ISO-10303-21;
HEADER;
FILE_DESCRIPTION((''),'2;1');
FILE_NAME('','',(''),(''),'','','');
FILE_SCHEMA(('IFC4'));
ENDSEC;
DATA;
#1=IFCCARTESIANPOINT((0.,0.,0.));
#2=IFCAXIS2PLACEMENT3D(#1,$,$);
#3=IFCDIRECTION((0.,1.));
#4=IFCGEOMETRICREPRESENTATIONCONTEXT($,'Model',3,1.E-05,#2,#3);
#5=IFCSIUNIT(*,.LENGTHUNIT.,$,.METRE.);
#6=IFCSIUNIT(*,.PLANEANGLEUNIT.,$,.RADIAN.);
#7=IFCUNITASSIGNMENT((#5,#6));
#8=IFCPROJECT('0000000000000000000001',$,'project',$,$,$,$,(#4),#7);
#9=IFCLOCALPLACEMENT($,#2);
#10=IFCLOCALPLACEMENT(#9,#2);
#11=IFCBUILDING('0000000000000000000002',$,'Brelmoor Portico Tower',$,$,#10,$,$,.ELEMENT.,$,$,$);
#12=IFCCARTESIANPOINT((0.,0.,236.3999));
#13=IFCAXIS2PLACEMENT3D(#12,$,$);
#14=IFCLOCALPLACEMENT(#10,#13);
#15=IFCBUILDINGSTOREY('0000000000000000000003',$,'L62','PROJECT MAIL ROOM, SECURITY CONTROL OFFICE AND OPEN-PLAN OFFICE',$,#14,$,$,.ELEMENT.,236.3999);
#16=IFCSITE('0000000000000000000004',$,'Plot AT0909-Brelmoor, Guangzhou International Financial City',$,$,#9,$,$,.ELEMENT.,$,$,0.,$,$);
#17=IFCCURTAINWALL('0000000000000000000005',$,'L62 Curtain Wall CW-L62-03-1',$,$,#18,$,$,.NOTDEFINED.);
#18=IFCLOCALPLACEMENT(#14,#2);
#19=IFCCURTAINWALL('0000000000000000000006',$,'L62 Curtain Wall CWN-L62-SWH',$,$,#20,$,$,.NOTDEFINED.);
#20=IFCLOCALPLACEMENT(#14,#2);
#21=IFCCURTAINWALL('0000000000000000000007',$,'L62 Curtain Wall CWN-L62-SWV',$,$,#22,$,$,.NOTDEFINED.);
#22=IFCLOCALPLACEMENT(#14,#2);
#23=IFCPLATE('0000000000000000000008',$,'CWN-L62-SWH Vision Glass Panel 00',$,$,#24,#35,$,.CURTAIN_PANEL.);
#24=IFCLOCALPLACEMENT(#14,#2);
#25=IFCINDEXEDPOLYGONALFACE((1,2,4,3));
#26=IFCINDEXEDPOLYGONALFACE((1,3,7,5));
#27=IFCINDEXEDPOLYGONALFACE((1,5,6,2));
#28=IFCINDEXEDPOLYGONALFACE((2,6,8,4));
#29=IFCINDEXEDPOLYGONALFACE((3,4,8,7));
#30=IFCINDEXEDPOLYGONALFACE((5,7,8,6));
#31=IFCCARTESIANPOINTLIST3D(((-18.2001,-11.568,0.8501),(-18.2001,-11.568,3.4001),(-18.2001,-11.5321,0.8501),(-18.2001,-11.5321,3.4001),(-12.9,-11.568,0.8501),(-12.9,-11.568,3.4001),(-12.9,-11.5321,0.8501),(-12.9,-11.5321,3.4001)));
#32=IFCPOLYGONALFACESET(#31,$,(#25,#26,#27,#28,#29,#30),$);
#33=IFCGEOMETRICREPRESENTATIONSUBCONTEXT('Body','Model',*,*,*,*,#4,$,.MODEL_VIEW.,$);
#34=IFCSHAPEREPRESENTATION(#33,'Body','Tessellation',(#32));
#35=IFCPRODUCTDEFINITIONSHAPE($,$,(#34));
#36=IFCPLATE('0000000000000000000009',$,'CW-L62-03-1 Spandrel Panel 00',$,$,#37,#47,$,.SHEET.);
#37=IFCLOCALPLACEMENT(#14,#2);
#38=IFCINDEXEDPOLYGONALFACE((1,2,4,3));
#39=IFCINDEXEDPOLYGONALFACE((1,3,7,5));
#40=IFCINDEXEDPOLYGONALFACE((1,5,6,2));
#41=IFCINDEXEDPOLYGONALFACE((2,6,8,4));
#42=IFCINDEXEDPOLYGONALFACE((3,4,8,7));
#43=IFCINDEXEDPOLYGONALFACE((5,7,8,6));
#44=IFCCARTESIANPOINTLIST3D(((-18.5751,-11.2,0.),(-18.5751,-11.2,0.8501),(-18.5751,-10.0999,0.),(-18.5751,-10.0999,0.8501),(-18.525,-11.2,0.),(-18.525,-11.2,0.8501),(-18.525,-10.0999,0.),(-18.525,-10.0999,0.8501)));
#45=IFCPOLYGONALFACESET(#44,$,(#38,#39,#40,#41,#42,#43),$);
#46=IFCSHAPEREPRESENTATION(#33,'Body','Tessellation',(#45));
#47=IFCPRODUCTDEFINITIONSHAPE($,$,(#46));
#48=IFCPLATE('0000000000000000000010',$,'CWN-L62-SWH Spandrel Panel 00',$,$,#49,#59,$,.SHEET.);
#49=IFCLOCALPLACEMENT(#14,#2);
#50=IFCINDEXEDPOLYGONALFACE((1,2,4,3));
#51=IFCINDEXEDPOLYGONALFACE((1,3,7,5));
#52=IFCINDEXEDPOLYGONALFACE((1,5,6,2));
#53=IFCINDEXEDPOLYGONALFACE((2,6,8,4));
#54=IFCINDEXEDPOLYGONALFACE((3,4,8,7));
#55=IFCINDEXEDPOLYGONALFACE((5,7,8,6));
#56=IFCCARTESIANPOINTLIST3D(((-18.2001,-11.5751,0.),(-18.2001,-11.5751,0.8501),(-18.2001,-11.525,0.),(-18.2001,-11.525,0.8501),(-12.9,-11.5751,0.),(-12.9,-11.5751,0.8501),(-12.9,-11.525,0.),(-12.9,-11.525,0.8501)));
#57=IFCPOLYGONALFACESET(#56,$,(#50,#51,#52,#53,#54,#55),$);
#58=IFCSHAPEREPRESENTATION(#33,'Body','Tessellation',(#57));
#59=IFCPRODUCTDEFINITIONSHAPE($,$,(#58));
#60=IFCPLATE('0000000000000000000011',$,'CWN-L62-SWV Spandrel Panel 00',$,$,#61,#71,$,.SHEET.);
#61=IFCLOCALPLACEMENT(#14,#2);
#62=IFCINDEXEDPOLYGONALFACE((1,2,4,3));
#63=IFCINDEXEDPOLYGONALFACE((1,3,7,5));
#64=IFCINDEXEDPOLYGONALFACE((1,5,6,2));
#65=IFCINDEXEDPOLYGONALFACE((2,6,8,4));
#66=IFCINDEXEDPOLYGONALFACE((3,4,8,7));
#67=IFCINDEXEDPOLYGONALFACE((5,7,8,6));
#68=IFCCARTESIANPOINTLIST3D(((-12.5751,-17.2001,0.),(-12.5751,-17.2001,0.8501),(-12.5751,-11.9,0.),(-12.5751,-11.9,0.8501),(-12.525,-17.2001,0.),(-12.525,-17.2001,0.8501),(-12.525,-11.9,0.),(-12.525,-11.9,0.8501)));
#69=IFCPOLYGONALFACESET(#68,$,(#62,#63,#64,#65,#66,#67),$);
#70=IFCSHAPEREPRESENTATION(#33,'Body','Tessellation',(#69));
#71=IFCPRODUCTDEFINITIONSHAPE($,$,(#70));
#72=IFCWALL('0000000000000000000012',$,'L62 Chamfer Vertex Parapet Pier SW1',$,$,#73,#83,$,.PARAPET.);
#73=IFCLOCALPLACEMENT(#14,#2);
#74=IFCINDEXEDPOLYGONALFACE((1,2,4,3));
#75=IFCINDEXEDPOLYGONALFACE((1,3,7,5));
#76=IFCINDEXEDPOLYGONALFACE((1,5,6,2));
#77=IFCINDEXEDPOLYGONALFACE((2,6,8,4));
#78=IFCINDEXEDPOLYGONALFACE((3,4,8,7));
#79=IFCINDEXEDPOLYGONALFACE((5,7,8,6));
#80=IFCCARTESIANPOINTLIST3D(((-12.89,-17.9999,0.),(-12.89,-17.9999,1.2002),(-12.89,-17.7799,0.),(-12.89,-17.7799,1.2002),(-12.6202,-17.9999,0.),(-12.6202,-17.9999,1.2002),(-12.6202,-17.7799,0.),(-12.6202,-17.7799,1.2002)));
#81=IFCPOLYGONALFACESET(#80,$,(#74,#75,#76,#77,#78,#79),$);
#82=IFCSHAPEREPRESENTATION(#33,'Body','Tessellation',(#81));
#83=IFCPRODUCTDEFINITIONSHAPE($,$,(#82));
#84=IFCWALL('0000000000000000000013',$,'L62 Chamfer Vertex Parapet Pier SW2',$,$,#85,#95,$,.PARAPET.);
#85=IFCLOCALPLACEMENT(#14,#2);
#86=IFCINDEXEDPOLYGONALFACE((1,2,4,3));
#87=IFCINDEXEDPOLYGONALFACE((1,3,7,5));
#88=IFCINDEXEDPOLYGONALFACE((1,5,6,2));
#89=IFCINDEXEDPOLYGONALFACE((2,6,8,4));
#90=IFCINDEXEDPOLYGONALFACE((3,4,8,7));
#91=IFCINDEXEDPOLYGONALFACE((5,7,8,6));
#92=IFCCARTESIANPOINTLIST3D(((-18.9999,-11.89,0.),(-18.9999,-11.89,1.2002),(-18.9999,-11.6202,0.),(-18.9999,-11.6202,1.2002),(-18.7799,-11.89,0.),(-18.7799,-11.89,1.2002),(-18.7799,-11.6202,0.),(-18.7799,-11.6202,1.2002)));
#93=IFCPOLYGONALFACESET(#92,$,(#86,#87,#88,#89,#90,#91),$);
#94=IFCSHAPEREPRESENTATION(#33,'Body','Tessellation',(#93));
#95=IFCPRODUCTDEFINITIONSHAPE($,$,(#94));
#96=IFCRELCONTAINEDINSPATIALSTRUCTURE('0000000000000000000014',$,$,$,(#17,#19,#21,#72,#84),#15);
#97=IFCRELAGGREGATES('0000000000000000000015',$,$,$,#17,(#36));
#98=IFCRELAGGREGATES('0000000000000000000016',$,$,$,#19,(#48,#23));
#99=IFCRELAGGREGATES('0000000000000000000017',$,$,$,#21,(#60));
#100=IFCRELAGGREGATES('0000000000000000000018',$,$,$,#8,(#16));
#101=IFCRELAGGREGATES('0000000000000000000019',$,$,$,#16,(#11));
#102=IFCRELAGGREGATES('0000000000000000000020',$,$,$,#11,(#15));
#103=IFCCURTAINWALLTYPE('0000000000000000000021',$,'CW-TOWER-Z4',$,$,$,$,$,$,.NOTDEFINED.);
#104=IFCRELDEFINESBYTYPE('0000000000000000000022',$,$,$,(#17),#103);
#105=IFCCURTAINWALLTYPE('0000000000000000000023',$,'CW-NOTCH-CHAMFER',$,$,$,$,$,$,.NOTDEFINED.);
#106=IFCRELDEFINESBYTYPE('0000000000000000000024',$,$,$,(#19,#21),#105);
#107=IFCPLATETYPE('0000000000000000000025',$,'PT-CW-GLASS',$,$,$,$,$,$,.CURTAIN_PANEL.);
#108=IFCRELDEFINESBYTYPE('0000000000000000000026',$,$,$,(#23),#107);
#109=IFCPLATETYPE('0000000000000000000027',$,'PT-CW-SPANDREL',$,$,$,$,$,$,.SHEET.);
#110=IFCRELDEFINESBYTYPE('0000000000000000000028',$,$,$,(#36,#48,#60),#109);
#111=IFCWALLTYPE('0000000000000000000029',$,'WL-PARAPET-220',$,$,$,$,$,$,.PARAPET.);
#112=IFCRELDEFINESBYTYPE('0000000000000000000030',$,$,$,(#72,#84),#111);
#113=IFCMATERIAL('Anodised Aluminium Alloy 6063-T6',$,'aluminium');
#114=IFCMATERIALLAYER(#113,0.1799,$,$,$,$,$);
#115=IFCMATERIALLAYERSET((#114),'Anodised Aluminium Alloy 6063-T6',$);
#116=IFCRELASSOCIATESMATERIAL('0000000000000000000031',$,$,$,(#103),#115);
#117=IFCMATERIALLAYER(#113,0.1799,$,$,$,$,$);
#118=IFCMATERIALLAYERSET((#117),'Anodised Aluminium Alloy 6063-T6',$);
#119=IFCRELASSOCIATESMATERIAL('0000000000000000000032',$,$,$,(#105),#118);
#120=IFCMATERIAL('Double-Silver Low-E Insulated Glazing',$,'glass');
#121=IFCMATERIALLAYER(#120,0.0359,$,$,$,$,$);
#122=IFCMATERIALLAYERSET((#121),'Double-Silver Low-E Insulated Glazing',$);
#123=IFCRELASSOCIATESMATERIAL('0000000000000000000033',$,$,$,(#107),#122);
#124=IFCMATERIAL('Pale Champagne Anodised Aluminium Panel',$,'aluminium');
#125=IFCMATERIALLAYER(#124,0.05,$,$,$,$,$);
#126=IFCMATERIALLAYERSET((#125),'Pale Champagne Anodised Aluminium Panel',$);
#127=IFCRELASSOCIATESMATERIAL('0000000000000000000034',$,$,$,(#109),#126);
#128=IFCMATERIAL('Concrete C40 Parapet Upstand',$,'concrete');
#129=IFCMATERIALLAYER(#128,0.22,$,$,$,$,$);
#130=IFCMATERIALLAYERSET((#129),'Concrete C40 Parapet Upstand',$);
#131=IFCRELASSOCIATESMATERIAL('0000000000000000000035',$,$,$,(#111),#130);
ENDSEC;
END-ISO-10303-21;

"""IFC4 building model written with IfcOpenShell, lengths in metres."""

from ifc_helpers import new_model, si_unit, direction, frame, frame_2d, origin, origin_2d, place, context, subcontext, project, spatial, rectangle, extrude, material, layer, layer_set, type_object, element, aggregate, save


model = new_model("IFC4")

# Units and contexts
model_context = context("Model", 3, precision=1e-05, world=origin(), true_north=direction((0.0, 1.0)))
body_context = subcontext(model_context, "Body", "Model", "MODEL_VIEW")
ifc_project = project(units=[si_unit("LENGTHUNIT", "METRE"), si_unit("PLANEANGLEUNIT", "RADIAN")], contexts=[model_context])

# Site, building, storey
site_placement = place(None, origin())
site = spatial("IfcSite", under=ifc_project, at=site_placement, Name="Plot AT0909-Brelmoor, Guangzhou International Financial City", CompositionType="ELEMENT", RefElevation=0.0)
building_placement = place(site_placement, origin())
building = spatial("IfcBuilding", under=site, at=building_placement, Name="Brelmoor Portico Tower", CompositionType="ELEMENT")
storey_placement = place(building_placement, frame((0.0, 0.0, 236.3999)))
storey = spatial("IfcBuildingStorey", under=building, at=storey_placement, Name="L62", Description="PROJECT MAIL ROOM, SECURITY CONTROL OFFICE AND OPEN-PLAN OFFICE", CompositionType="ELEMENT", Elevation=236.3999)

# Curtain walls
ifc_material_1 = material(Name="Anodised Aluminium Alloy 6063-T6", Category="aluminium")
ifc_layer_1 = layer(ifc_material_1, 0.1799)
ifc_layer_set_1 = layer_set([ifc_layer_1], Name="Anodised Aluminium Alloy 6063-T6")
curtain_wall_type_1 = type_object("IfcCurtainWallType", Name="CW-TOWER-Z4", PredefinedType="NOTDEFINED", material=ifc_layer_set_1)
curtain_wall_1_placement = place(storey_placement, origin())
curtain_wall_1 = element("IfcCurtainWall", 1, at=curtain_wall_1_placement, inside=storey, type_object=curtain_wall_type_1, Name="L62 Curtain Wall CW-L62-03-1", PredefinedType="NOTDEFINED")
ifc_layer_2 = layer(ifc_material_1, 0.1799)
ifc_layer_set_2 = layer_set([ifc_layer_2], Name="Anodised Aluminium Alloy 6063-T6")
curtain_wall_type_2 = type_object("IfcCurtainWallType", Name="CW-NOTCH-CHAMFER", PredefinedType="NOTDEFINED", material=ifc_layer_set_2)
curtain_wall_2_placement = place(storey_placement, origin())
curtain_wall_2 = element("IfcCurtainWall", 2, at=curtain_wall_2_placement, inside=storey, type_object=curtain_wall_type_2, Name="L62 Curtain Wall CWN-L62-SWH", PredefinedType="NOTDEFINED")

# Curtain wall
curtain_wall_3_placement = place(storey_placement, origin())
curtain_wall_3 = element("IfcCurtainWall", 3, at=curtain_wall_3_placement, inside=storey, type_object=curtain_wall_type_2, Name="L62 Curtain Wall CWN-L62-SWV", PredefinedType="NOTDEFINED")

# Plates
ifc_material_2 = material(Name="Double-Silver Low-E Insulated Glazing", Category="glass")
ifc_layer_3 = layer(ifc_material_2, 0.0359)
ifc_layer_set_3 = layer_set([ifc_layer_3], Name="Double-Silver Low-E Insulated Glazing")
plate_type_1 = type_object("IfcPlateType", Name="PT-CW-GLASS", PredefinedType="CURTAIN_PANEL", material=ifc_layer_set_3)
plate_1_placement = place(storey_placement, frame((-15.55, -11.55, 0.8501), z_axis=(0.0, 0.0, 1.0), x_axis=(1.0, 0.0, 0.0)))
plate_1 = element("IfcPlate", 4, at=plate_1_placement, type_object=plate_type_1, Name="CWN-L62-SWH Vision Glass Panel 00", PredefinedType="CURTAIN_PANEL", context=body_context, shape_type="SweptSolid", body=[
    extrude(rectangle(XDim=5.3, YDim=0.0359, at=origin_2d()), origin(), (0.0, 0.0, 1.0), 2.55),
])
ifc_material_3 = material(Name="Pale Champagne Anodised Aluminium Panel", Category="aluminium")
ifc_layer_4 = layer(ifc_material_3, 0.05)
ifc_layer_set_4 = layer_set([ifc_layer_4], Name="Pale Champagne Anodised Aluminium Panel")
plate_type_2 = type_object("IfcPlateType", Name="PT-CW-SPANDREL", PredefinedType="SHEET", material=ifc_layer_set_4)
plate_2_placement = place(storey_placement, frame((-18.55, -10.6499, 0.0), z_axis=(0.0, 0.0, 1.0), x_axis=(0.0, 1.0, 0.0)))
plate_2 = element("IfcPlate", 5, at=plate_2_placement, type_object=plate_type_2, Name="CW-L62-03-1 Spandrel Panel 00", PredefinedType="SHEET", context=body_context, shape_type="SweptSolid", body=[
    extrude(rectangle(XDim=1.1001, YDim=0.05, at=origin_2d()), origin(), (0.0, 0.0, 1.0), 0.8501),
])
aggregate(curtain_wall_1, [plate_2])
plate_3_placement = place(storey_placement, frame((-15.55, -11.55, 0.0), z_axis=(0.0, 0.0, 1.0), x_axis=(1.0, 0.0, 0.0)))
plate_3 = element("IfcPlate", 6, at=plate_3_placement, type_object=plate_type_2, Name="CWN-L62-SWH Spandrel Panel 00", PredefinedType="SHEET", context=body_context, shape_type="SweptSolid", body=[
    extrude(rectangle(XDim=5.3, YDim=0.05, at=origin_2d()), origin(), (0.0, 0.0, 1.0), 0.8501),
])
aggregate(curtain_wall_2, [plate_3, plate_1])
plate_4_placement = place(storey_placement, frame((-12.55, -14.55, 0.0), z_axis=(0.0, 0.0, 1.0), x_axis=(0.0, 1.0, 0.0)))
plate_4 = element("IfcPlate", 7, at=plate_4_placement, type_object=plate_type_2, Name="CWN-L62-SWV Spandrel Panel 00", PredefinedType="SHEET", context=body_context, shape_type="SweptSolid", body=[
    extrude(rectangle(XDim=5.3, YDim=0.05, at=origin_2d()), origin(), (0.0, 0.0, 1.0), 0.8501),
])
aggregate(curtain_wall_3, [plate_4])

# Walls
ifc_material_4 = material(Name="Concrete C40 Parapet Upstand", Category="concrete")
ifc_layer_5 = layer(ifc_material_4, 0.22)
ifc_layer_set_5 = layer_set([ifc_layer_5], Name="Concrete C40 Parapet Upstand")
wall_type = type_object("IfcWallType", Name="WL-PARAPET-220", PredefinedType="PARAPET", material=ifc_layer_set_5)
for number, where, z_axis, x_axis, name in (
    (8, (-12.8899, -17.8899, 0.0), (0.0, 0.0, 1.0), (1.0, 0.0, 0.0), "L62 Chamfer Vertex Parapet Pier SW1"),
    (9, (-18.8899, -11.8899, 0.0), (0.0, 0.0, 1.0), (0.0, 1.0, 0.0), "L62 Chamfer Vertex Parapet Pier SW2"),
):
    element("IfcWall", number, at=place(storey_placement, frame(where, z_axis=z_axis, x_axis=x_axis)), inside=storey, type_object=wall_type, Name=name, PredefinedType="PARAPET", context=body_context, shape_type="SweptSolid", body=[
        extrude(rectangle(XDim=0.2698, YDim=0.22, at=frame_2d((0.1348, 0.0))), origin(), (0.0, 0.0, 1.0), 1.2002),
    ])

save(model, "model.ifc")
